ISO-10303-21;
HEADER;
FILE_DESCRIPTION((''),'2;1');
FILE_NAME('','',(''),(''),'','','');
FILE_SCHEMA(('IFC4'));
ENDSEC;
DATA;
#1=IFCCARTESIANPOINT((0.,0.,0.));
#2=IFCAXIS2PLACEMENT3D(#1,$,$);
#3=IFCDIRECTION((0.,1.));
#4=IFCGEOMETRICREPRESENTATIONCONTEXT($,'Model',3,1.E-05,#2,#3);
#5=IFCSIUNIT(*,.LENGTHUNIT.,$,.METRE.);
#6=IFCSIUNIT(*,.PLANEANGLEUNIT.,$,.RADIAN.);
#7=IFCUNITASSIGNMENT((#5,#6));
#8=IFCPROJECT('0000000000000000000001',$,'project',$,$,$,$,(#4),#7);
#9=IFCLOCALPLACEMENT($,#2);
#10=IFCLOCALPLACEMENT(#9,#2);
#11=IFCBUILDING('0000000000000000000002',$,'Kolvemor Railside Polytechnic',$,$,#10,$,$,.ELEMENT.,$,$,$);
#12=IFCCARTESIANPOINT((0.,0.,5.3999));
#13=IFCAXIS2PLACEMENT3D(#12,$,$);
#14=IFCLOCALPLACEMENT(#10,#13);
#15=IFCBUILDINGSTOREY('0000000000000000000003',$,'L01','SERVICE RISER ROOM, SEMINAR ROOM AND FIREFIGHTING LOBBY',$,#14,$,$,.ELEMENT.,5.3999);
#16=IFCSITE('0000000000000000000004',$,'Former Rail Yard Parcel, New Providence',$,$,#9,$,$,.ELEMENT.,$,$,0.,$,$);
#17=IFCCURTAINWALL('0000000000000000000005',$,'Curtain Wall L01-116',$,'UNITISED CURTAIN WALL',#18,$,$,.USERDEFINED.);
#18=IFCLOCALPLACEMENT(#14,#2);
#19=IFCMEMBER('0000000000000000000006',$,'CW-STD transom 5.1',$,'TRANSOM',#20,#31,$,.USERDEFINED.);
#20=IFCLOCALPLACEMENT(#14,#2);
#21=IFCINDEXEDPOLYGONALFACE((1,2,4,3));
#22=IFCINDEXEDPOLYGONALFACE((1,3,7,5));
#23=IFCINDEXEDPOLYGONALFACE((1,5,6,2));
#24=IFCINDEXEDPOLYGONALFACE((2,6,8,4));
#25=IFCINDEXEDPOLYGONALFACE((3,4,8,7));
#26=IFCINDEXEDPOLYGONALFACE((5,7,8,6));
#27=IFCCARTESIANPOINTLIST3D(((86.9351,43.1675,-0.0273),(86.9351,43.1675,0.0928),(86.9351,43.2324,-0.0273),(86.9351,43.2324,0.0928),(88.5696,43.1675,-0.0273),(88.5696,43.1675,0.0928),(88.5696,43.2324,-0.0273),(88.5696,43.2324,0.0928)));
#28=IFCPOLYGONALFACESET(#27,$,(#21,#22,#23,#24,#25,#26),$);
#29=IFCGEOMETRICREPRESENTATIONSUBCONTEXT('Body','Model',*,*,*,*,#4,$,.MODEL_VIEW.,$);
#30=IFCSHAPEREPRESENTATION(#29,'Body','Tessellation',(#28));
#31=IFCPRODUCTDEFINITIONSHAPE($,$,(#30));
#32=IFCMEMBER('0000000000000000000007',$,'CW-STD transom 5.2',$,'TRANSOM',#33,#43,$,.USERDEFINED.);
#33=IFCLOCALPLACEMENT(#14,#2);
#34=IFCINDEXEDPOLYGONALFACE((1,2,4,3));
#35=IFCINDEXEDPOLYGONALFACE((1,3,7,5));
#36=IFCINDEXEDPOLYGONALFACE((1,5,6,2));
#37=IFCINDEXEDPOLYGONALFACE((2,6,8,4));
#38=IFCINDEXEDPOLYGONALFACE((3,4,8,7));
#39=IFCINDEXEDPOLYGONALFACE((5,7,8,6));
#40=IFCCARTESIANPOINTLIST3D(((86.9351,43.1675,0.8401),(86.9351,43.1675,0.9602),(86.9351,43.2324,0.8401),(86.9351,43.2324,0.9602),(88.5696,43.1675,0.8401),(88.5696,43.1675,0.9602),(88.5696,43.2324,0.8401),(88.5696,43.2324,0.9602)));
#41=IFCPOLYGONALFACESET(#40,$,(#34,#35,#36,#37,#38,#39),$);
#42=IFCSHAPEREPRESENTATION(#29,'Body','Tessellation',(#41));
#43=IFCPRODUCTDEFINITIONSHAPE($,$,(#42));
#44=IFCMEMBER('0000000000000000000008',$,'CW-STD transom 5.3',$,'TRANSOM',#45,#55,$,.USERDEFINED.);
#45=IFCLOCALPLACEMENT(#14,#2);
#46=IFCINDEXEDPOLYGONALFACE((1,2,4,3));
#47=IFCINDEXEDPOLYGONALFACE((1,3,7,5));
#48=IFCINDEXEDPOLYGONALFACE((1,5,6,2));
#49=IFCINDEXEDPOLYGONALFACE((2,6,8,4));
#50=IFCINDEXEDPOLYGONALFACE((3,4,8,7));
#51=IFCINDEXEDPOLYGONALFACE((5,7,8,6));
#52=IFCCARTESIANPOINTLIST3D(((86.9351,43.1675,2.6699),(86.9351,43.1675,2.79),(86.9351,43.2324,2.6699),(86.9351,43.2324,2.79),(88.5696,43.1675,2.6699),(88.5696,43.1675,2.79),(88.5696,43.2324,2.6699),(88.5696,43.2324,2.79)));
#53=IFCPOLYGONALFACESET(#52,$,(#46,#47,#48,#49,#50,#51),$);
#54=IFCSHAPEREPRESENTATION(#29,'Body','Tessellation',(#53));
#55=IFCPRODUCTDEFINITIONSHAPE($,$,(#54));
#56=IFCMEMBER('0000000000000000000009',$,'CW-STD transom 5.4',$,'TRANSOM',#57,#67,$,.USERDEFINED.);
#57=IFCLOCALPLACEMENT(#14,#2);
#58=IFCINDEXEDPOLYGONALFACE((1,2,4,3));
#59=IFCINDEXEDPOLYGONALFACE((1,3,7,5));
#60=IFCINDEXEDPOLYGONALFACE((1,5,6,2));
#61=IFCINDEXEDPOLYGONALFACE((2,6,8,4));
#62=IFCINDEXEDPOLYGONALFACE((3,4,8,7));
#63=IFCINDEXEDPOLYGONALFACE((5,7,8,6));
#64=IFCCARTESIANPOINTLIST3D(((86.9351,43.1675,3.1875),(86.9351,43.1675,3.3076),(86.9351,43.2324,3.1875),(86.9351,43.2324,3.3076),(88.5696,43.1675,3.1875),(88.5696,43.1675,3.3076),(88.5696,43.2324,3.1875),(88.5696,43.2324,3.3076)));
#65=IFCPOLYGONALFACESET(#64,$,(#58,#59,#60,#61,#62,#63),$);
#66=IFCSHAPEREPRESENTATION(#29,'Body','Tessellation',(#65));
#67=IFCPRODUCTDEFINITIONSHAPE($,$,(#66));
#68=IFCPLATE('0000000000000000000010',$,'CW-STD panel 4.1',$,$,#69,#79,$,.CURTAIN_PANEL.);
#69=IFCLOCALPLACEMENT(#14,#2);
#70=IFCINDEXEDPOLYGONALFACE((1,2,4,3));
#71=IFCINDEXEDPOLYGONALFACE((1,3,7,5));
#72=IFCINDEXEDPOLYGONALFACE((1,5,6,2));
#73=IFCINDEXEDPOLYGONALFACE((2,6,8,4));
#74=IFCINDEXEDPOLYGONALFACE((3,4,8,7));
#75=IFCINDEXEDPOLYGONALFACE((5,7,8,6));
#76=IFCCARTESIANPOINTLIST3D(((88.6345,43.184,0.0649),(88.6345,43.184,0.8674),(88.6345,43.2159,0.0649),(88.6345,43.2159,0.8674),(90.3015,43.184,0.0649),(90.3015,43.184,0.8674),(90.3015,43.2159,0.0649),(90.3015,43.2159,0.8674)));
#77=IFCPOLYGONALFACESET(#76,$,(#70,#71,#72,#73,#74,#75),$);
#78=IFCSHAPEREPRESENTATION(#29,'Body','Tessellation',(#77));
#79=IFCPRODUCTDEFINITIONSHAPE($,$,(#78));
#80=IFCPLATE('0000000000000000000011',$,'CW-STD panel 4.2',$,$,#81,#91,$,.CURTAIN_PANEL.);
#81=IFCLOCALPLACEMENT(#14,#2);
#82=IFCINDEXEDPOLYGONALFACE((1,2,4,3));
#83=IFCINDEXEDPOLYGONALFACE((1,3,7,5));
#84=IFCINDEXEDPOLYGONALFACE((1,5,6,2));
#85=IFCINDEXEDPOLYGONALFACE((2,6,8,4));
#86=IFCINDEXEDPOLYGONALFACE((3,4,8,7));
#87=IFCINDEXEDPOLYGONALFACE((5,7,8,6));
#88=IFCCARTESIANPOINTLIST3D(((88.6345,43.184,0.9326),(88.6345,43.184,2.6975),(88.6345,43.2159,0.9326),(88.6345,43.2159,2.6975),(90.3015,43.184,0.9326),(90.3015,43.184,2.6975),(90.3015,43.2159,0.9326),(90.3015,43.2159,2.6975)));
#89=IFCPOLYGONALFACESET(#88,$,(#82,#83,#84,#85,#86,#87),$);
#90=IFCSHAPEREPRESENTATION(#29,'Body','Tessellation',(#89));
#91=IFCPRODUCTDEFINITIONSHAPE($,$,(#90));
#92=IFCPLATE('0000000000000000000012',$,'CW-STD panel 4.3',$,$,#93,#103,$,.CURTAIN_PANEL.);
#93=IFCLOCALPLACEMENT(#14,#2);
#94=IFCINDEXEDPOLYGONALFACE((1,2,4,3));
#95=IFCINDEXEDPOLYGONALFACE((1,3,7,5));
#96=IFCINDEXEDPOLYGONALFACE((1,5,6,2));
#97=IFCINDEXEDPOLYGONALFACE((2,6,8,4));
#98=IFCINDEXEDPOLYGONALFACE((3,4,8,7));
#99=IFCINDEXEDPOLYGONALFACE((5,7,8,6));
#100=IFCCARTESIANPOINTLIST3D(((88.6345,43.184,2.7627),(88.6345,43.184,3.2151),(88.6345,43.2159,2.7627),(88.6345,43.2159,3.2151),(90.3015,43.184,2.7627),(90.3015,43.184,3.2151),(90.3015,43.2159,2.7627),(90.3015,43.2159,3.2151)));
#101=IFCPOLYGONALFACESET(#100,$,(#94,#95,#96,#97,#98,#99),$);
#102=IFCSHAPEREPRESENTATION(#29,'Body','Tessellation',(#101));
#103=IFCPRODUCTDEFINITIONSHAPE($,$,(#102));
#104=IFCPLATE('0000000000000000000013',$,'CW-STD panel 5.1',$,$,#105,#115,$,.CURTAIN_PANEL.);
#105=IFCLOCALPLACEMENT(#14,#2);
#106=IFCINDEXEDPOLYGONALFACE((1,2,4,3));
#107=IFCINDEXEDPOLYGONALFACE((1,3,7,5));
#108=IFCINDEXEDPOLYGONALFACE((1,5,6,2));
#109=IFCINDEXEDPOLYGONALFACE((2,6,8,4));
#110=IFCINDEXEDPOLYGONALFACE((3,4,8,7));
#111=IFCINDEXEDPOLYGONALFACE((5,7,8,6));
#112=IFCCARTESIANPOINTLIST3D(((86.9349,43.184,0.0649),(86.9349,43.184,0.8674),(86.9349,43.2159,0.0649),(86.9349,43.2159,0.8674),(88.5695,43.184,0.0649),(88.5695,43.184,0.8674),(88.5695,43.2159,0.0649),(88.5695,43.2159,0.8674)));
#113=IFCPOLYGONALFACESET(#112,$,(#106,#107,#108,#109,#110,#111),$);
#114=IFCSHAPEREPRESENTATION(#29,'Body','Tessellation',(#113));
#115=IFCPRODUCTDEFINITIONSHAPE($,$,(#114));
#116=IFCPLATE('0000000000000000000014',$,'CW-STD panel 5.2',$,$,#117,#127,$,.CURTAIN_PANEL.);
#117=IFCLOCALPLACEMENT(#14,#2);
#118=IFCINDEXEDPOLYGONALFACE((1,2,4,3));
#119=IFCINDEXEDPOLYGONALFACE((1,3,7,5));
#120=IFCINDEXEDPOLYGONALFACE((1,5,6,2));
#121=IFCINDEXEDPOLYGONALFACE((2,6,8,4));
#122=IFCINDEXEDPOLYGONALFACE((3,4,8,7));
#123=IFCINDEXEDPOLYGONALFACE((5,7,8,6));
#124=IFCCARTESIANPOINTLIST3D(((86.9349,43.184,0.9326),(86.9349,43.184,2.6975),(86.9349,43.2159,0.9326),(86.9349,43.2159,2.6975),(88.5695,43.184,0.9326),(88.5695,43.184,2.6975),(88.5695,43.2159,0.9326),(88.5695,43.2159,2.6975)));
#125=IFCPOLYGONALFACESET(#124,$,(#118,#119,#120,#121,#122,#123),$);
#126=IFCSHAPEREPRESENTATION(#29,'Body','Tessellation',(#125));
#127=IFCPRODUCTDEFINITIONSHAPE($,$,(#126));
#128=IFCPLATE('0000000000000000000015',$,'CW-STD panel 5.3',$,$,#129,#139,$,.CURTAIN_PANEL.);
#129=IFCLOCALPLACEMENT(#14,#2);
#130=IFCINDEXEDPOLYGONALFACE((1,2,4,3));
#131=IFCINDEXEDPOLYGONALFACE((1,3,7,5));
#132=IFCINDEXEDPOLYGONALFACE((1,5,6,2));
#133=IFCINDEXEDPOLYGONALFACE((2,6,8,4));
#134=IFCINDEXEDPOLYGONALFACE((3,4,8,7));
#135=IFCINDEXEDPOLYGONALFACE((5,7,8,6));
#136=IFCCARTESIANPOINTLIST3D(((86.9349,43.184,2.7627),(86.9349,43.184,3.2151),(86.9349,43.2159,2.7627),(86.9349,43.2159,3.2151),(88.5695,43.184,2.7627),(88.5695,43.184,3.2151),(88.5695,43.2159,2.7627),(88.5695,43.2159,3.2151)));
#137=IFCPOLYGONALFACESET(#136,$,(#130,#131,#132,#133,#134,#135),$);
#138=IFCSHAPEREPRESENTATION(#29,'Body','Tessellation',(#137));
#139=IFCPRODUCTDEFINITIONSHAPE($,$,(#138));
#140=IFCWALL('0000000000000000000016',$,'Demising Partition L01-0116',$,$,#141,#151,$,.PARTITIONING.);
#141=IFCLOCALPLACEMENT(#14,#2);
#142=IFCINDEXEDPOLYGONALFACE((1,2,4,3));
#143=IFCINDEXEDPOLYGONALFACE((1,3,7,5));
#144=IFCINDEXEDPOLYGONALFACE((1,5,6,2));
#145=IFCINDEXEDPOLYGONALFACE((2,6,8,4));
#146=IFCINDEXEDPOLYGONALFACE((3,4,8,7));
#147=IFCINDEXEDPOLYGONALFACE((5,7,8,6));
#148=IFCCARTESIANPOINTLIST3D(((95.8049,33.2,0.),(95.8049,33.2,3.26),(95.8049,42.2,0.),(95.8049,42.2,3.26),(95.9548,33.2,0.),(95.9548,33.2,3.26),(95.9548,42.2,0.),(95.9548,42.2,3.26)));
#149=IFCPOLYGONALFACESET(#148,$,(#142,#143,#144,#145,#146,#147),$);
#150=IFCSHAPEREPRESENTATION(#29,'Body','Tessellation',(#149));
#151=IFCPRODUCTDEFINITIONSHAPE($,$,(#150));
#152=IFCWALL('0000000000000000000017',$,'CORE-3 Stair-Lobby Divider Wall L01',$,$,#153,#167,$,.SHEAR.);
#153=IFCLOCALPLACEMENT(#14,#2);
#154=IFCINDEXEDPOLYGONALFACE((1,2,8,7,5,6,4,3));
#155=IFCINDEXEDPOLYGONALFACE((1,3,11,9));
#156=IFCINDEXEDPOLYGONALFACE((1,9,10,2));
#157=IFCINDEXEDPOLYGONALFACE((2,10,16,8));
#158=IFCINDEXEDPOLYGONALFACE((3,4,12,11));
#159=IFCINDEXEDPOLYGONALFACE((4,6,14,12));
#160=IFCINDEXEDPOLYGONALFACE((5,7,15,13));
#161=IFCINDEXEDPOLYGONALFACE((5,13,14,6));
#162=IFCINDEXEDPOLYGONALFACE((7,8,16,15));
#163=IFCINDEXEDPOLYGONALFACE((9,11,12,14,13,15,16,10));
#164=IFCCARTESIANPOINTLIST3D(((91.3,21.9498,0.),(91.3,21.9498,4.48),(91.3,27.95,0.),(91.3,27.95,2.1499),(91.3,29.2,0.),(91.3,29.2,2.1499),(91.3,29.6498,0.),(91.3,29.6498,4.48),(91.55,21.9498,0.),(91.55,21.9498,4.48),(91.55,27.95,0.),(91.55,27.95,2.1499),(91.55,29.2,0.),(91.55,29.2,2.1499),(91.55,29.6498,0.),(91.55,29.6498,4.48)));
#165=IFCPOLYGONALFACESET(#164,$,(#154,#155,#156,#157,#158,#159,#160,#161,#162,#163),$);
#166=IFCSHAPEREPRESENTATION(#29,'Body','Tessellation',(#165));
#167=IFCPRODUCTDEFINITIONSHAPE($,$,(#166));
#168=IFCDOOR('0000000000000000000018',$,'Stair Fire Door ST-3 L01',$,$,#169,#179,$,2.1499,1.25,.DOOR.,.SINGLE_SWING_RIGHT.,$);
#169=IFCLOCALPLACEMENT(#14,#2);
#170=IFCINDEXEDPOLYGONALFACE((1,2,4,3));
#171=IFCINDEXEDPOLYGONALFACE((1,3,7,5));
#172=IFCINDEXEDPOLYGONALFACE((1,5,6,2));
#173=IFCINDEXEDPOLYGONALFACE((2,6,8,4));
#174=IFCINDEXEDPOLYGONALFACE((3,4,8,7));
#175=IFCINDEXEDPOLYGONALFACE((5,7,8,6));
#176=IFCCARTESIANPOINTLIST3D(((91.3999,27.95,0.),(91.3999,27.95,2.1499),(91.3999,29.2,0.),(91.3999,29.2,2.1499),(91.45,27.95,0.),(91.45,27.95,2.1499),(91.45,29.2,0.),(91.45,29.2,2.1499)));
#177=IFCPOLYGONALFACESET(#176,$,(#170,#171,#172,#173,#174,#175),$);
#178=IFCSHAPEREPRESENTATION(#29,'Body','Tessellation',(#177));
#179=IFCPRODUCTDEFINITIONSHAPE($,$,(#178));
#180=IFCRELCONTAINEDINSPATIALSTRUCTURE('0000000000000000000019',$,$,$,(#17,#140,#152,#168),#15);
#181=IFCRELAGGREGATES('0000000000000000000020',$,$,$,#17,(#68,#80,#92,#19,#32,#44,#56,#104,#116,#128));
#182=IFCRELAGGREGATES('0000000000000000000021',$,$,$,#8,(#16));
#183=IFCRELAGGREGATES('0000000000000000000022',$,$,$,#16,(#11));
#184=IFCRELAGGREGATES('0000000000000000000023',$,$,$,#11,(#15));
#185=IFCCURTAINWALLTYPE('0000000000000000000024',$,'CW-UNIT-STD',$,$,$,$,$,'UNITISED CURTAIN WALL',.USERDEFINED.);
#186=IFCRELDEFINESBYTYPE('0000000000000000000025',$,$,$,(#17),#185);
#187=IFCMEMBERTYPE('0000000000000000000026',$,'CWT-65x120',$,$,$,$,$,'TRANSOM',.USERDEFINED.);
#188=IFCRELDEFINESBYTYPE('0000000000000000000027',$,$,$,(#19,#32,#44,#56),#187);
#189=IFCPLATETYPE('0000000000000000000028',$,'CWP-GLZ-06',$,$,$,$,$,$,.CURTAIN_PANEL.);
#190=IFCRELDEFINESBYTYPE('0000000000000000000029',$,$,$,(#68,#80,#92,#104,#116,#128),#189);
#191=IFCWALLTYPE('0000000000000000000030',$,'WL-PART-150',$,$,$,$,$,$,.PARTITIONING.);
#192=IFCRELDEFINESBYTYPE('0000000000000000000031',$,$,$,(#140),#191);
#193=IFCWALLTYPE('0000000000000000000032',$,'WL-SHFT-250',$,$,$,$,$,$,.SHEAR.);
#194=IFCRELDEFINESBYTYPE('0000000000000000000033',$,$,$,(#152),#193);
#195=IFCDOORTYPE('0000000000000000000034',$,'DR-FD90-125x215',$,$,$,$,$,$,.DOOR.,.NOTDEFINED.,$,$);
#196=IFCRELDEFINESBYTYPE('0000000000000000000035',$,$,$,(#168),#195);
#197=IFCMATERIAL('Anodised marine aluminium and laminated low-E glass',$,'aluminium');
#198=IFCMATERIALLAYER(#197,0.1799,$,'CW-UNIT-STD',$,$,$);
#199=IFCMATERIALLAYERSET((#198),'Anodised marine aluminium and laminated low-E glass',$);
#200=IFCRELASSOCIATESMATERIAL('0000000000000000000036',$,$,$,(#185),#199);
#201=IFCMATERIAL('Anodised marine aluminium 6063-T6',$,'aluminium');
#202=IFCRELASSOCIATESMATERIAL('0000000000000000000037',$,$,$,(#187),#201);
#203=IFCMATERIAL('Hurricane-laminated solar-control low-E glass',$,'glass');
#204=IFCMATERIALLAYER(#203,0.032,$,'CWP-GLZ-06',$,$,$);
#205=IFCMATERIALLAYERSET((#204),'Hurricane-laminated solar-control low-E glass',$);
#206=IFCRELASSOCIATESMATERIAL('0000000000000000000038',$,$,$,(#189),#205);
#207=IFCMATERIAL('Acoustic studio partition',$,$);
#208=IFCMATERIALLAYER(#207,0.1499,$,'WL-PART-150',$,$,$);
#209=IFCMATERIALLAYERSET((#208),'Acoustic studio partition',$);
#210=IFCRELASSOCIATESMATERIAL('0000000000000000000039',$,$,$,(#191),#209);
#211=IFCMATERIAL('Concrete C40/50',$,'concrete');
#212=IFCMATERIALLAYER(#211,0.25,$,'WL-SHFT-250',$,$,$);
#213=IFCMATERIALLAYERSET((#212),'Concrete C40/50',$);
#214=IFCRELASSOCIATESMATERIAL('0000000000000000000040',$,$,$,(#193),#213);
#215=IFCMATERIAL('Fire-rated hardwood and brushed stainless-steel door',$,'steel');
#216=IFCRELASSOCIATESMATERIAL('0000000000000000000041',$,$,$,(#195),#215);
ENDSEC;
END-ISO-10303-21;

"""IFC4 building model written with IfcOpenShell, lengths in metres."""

from ifc_helpers import new_model, si_unit, direction, frame, frame_2d, origin, origin_2d, place, context, subcontext, project, spatial, rectangle, extrude, material, layer, layer_set, material_profile, profile_set, type_object, element, fill, aggregate, save


model = new_model("IFC4")

# Units and contexts
model_context = context("Model", 3, precision=1e-05, world=origin(), true_north=direction((0.0, 1.0)))
body_context = subcontext(model_context, "Body", "Model", "MODEL_VIEW")
ifc_project = project(units=[si_unit("LENGTHUNIT", "METRE"), si_unit("PLANEANGLEUNIT", "RADIAN")], contexts=[model_context])

# Site, building, storey
site_placement = place(None, origin())
site = spatial("IfcSite", under=ifc_project, at=site_placement, Name="Former Rail Yard Parcel, New Providence", CompositionType="ELEMENT", RefElevation=0.0)
building_placement = place(site_placement, origin())
building = spatial("IfcBuilding", under=site, at=building_placement, Name="Kolvemor Railside Polytechnic", CompositionType="ELEMENT")
storey_placement = place(building_placement, frame((0.0, 0.0, 5.3999)))
storey = spatial("IfcBuildingStorey", under=building, at=storey_placement, Name="L01", Description="SERVICE RISER ROOM, SEMINAR ROOM AND FIREFIGHTING LOBBY", CompositionType="ELEMENT", Elevation=5.3999)

# Curtain wall, members, plates
ifc_material_1 = material(Name="Anodised marine aluminium and laminated low-E glass", Category="aluminium")
ifc_layer_1 = layer(ifc_material_1, 0.1799, Name="CW-UNIT-STD")
ifc_layer_set_1 = layer_set([ifc_layer_1], Name="Anodised marine aluminium and laminated low-E glass")
curtain_wall_type = type_object("IfcCurtainWallType", Name="CW-UNIT-STD", ElementType="UNITISED CURTAIN WALL", PredefinedType="USERDEFINED", material=ifc_layer_set_1)
curtain_wall_placement = place(storey_placement, origin())
curtain_wall = element("IfcCurtainWall", 1, at=curtain_wall_placement, inside=storey, type_object=curtain_wall_type, Name="Curtain Wall L01-116", ObjectType="UNITISED CURTAIN WALL", PredefinedType="USERDEFINED")
ifc_material_2 = material(Name="Anodised marine aluminium 6063-T6", Category="aluminium")
ifc_material_profile_1 = material_profile(ifc_material_2, rectangle(XDim=0.0649, YDim=0.1201, at=origin_2d()), Name="CW-TRN-65x120")
ifc_profile_set_1 = profile_set([ifc_material_profile_1], Name="Anodised marine aluminium 6063-T6")
member_type_1 = type_object("IfcMemberType", Name="CWT-65x120", ElementType="TRANSOM", PredefinedType="USERDEFINED", material=ifc_profile_set_1)
member_1_placement = place(storey_placement, frame((88.5696, 43.2, 0.0327), z_axis=(-1.0, 0.0, 0.0), x_axis=(0.0, -1.0, 0.0)))
member_1 = element("IfcMember", 2, at=member_1_placement, type_object=member_type_1, Name="CW-STD transom 5.1", ObjectType="TRANSOM", PredefinedType="USERDEFINED", context=body_context, shape_type="SweptSolid", body=[
    extrude(rectangle(XDim=0.0649, YDim=0.1201, at=origin_2d()), origin(), (0.0, 0.0, 1.0), 1.6345),
])
member_2_placement = place(storey_placement, frame((88.5696, 43.2, 0.9001), z_axis=(-1.0, 0.0, 0.0), x_axis=(0.0, -1.0, 0.0)))
member_2 = element("IfcMember", 3, at=member_2_placement, type_object=member_type_1, Name="CW-STD transom 5.2", ObjectType="TRANSOM", PredefinedType="USERDEFINED", context=body_context, shape_type="SweptSolid", body=[
    extrude(rectangle(XDim=0.0649, YDim=0.1201, at=origin_2d()), origin(), (0.0, 0.0, 1.0), 1.6345),
])
member_3_placement = place(storey_placement, frame((88.5696, 43.2, 2.73), z_axis=(-1.0, 0.0, 0.0), x_axis=(0.0, -1.0, 0.0)))
member_3 = element("IfcMember", 4, at=member_3_placement, type_object=member_type_1, Name="CW-STD transom 5.3", ObjectType="TRANSOM", PredefinedType="USERDEFINED", context=body_context, shape_type="SweptSolid", body=[
    extrude(rectangle(XDim=0.0649, YDim=0.1201, at=origin_2d()), origin(), (0.0, 0.0, 1.0), 1.6345),
])
member_4_placement = place(storey_placement, frame((88.5696, 43.2, 3.2476), z_axis=(-1.0, 0.0, 0.0), x_axis=(0.0, -1.0, 0.0)))
member_4 = element("IfcMember", 5, at=member_4_placement, type_object=member_type_1, Name="CW-STD transom 5.4", ObjectType="TRANSOM", PredefinedType="USERDEFINED", context=body_context, shape_type="SweptSolid", body=[
    extrude(rectangle(XDim=0.0649, YDim=0.1201, at=origin_2d()), origin(), (0.0, 0.0, 1.0), 1.6345),
])
ifc_material_3 = material(Name="Hurricane-laminated solar-control low-E glass", Category="glass")
ifc_layer_2 = layer(ifc_material_3, 0.032, Name="CWP-GLZ-06")
ifc_layer_set_2 = layer_set([ifc_layer_2], Name="Hurricane-laminated solar-control low-E glass")
plate_type = type_object("IfcPlateType", Name="CWP-GLZ-06", PredefinedType="CURTAIN_PANEL", material=ifc_layer_set_2)
plate_1_placement = place(storey_placement, frame((89.468, 43.2, 0.0649), z_axis=(0.0, 0.0, 1.0), x_axis=(-1.0, 0.0, 0.0)))
plate_1 = element("IfcPlate", 6, at=plate_1_placement, type_object=plate_type, Name="CW-STD panel 4.1", PredefinedType="CURTAIN_PANEL", context=body_context, shape_type="SweptSolid", body=[
    extrude(rectangle(XDim=1.667, YDim=0.032, at=origin_2d()), origin(), (0.0, 0.0, 1.0), 0.8025),
])
plate_2_placement = place(storey_placement, frame((89.468, 43.2, 0.9326), z_axis=(0.0, 0.0, 1.0), x_axis=(-1.0, 0.0, 0.0)))
plate_2 = element("IfcPlate", 7, at=plate_2_placement, type_object=plate_type, Name="CW-STD panel 4.2", PredefinedType="CURTAIN_PANEL", context=body_context, shape_type="SweptSolid", body=[
    extrude(rectangle(XDim=1.667, YDim=0.032, at=origin_2d()), origin(), (0.0, 0.0, 1.0), 1.7649),
])
plate_3_placement = place(storey_placement, frame((89.468, 43.2, 2.7627), z_axis=(0.0, 0.0, 1.0), x_axis=(-1.0, 0.0, 0.0)))
plate_3 = element("IfcPlate", 8, at=plate_3_placement, type_object=plate_type, Name="CW-STD panel 4.3", PredefinedType="CURTAIN_PANEL", context=body_context, shape_type="SweptSolid", body=[
    extrude(rectangle(XDim=1.667, YDim=0.032, at=origin_2d()), origin(), (0.0, 0.0, 1.0), 0.4524),
])
plate_4_placement = place(storey_placement, frame((87.7522, 43.2, 0.0649), z_axis=(0.0, 0.0, 1.0), x_axis=(-1.0, 0.0, 0.0)))
plate_4 = element("IfcPlate", 9, at=plate_4_placement, type_object=plate_type, Name="CW-STD panel 5.1", PredefinedType="CURTAIN_PANEL", context=body_context, shape_type="SweptSolid", body=[
    extrude(rectangle(XDim=1.6345, YDim=0.032, at=origin_2d()), origin(), (0.0, 0.0, 1.0), 0.8025),
])
plate_5_placement = place(storey_placement, frame((87.7522, 43.2, 0.9326), z_axis=(0.0, 0.0, 1.0), x_axis=(-1.0, 0.0, 0.0)))
plate_5 = element("IfcPlate", 10, at=plate_5_placement, type_object=plate_type, Name="CW-STD panel 5.2", PredefinedType="CURTAIN_PANEL", context=body_context, shape_type="SweptSolid", body=[
    extrude(rectangle(XDim=1.6345, YDim=0.032, at=origin_2d()), origin(), (0.0, 0.0, 1.0), 1.7649),
])
plate_6_placement = place(storey_placement, frame((87.7522, 43.2, 2.7627), z_axis=(0.0, 0.0, 1.0), x_axis=(-1.0, 0.0, 0.0)))
plate_6 = element("IfcPlate", 11, at=plate_6_placement, type_object=plate_type, Name="CW-STD panel 5.3", PredefinedType="CURTAIN_PANEL", context=body_context, shape_type="SweptSolid", body=[
    extrude(rectangle(XDim=1.6345, YDim=0.032, at=origin_2d()), origin(), (0.0, 0.0, 1.0), 0.4524),
])
aggregate(curtain_wall, [plate_1, plate_2, plate_3, member_1, member_2, member_3, member_4, plate_4, plate_5, plate_6])

# Wall
ifc_material_4 = material(Name="Acoustic studio partition")
ifc_layer_3 = layer(ifc_material_4, 0.1499, Name="WL-PART-150")
ifc_layer_set_3 = layer_set([ifc_layer_3], Name="Acoustic studio partition")
wall_type_1 = type_object("IfcWallType", Name="WL-PART-150", PredefinedType="PARTITIONING", material=ifc_layer_set_3)
wall_1_placement = place(storey_placement, frame((95.8799, 33.2, 0.0), z_axis=(0.0, 0.0, 1.0), x_axis=(0.0, 1.0, 0.0)))
element("IfcWall", 12, at=wall_1_placement, inside=storey, type_object=wall_type_1, Name="Demising Partition L01-0116", PredefinedType="PARTITIONING", context=body_context, shape_type="SweptSolid", body=[
    extrude(rectangle(XDim=9.0, YDim=0.1499, at=frame_2d((4.5, 0.0))), origin(), (0.0, 0.0, 1.0), 3.26),
])

# Wall, opening, door
ifc_material_5 = material(Name="Concrete C40/50", Category="concrete")
ifc_layer_4 = layer(ifc_material_5, 0.25, Name="WL-SHFT-250")
ifc_layer_set_4 = layer_set([ifc_layer_4], Name="Concrete C40/50")
wall_type_2 = type_object("IfcWallType", Name="WL-SHFT-250", PredefinedType="SHEAR", material=ifc_layer_set_4)
wall_2_placement = place(storey_placement, frame((91.425, 29.6499, 0.0), z_axis=(0.0, 0.0, 1.0), x_axis=(0.0, -1.0, 0.0)))
wall_2 = element("IfcWall", 13, at=wall_2_placement, inside=storey, type_object=wall_type_2, Name="CORE-3 Stair-Lobby Divider Wall L01", PredefinedType="SHEAR", context=body_context, shape_type="SweptSolid", body=[
    extrude(rectangle(XDim=7.7, YDim=0.25, at=frame_2d((3.8501, 0.0))), origin(), (0.0, 0.0, 1.0), 4.48),
])
opening_placement = place(wall_2_placement, frame((0.45, 0.0, 0.0)))
opening = element("IfcOpeningElement", 14, at=opening_placement, cuts=wall_2, PredefinedType="OPENING", context=body_context, shape_type="SweptSolid", body=[
    extrude(rectangle(XDim=1.25, YDim=2.1499, at=frame_2d((0.625, 1.075))), frame((0.0, 0.135, 0.0), z_axis=(0.0, -1.0, 0.0), x_axis=(1.0, 0.0, 0.0)), (0.0, 0.0, 1.0), 0.27),
])
ifc_material_6 = material(Name="Fire-rated hardwood and brushed stainless-steel door", Category="steel")
door_type = type_object("IfcDoorType", Name="DR-FD90-125x215", OperationType="NOTDEFINED", PredefinedType="DOOR", material=ifc_material_6)
door_placement = place(opening_placement, origin())
door = element("IfcDoor", 15, at=door_placement, inside=storey, type_object=door_type, Name="Stair Fire Door ST-3 L01", OperationType="SINGLE_SWING_RIGHT", OverallHeight=2.1499, OverallWidth=1.25, PredefinedType="DOOR", context=body_context, shape_type="SweptSolid", body=[
    extrude(rectangle(XDim=1.25, YDim=2.1499, at=frame_2d((0.625, 1.075))), frame((0.0, 0.0249, 0.0), z_axis=(0.0, -1.0, 0.0), x_axis=(1.0, 0.0, 0.0)), (0.0, 0.0, 1.0), 0.05),
])
fill(opening, door)

save(model, "model.ifc")
